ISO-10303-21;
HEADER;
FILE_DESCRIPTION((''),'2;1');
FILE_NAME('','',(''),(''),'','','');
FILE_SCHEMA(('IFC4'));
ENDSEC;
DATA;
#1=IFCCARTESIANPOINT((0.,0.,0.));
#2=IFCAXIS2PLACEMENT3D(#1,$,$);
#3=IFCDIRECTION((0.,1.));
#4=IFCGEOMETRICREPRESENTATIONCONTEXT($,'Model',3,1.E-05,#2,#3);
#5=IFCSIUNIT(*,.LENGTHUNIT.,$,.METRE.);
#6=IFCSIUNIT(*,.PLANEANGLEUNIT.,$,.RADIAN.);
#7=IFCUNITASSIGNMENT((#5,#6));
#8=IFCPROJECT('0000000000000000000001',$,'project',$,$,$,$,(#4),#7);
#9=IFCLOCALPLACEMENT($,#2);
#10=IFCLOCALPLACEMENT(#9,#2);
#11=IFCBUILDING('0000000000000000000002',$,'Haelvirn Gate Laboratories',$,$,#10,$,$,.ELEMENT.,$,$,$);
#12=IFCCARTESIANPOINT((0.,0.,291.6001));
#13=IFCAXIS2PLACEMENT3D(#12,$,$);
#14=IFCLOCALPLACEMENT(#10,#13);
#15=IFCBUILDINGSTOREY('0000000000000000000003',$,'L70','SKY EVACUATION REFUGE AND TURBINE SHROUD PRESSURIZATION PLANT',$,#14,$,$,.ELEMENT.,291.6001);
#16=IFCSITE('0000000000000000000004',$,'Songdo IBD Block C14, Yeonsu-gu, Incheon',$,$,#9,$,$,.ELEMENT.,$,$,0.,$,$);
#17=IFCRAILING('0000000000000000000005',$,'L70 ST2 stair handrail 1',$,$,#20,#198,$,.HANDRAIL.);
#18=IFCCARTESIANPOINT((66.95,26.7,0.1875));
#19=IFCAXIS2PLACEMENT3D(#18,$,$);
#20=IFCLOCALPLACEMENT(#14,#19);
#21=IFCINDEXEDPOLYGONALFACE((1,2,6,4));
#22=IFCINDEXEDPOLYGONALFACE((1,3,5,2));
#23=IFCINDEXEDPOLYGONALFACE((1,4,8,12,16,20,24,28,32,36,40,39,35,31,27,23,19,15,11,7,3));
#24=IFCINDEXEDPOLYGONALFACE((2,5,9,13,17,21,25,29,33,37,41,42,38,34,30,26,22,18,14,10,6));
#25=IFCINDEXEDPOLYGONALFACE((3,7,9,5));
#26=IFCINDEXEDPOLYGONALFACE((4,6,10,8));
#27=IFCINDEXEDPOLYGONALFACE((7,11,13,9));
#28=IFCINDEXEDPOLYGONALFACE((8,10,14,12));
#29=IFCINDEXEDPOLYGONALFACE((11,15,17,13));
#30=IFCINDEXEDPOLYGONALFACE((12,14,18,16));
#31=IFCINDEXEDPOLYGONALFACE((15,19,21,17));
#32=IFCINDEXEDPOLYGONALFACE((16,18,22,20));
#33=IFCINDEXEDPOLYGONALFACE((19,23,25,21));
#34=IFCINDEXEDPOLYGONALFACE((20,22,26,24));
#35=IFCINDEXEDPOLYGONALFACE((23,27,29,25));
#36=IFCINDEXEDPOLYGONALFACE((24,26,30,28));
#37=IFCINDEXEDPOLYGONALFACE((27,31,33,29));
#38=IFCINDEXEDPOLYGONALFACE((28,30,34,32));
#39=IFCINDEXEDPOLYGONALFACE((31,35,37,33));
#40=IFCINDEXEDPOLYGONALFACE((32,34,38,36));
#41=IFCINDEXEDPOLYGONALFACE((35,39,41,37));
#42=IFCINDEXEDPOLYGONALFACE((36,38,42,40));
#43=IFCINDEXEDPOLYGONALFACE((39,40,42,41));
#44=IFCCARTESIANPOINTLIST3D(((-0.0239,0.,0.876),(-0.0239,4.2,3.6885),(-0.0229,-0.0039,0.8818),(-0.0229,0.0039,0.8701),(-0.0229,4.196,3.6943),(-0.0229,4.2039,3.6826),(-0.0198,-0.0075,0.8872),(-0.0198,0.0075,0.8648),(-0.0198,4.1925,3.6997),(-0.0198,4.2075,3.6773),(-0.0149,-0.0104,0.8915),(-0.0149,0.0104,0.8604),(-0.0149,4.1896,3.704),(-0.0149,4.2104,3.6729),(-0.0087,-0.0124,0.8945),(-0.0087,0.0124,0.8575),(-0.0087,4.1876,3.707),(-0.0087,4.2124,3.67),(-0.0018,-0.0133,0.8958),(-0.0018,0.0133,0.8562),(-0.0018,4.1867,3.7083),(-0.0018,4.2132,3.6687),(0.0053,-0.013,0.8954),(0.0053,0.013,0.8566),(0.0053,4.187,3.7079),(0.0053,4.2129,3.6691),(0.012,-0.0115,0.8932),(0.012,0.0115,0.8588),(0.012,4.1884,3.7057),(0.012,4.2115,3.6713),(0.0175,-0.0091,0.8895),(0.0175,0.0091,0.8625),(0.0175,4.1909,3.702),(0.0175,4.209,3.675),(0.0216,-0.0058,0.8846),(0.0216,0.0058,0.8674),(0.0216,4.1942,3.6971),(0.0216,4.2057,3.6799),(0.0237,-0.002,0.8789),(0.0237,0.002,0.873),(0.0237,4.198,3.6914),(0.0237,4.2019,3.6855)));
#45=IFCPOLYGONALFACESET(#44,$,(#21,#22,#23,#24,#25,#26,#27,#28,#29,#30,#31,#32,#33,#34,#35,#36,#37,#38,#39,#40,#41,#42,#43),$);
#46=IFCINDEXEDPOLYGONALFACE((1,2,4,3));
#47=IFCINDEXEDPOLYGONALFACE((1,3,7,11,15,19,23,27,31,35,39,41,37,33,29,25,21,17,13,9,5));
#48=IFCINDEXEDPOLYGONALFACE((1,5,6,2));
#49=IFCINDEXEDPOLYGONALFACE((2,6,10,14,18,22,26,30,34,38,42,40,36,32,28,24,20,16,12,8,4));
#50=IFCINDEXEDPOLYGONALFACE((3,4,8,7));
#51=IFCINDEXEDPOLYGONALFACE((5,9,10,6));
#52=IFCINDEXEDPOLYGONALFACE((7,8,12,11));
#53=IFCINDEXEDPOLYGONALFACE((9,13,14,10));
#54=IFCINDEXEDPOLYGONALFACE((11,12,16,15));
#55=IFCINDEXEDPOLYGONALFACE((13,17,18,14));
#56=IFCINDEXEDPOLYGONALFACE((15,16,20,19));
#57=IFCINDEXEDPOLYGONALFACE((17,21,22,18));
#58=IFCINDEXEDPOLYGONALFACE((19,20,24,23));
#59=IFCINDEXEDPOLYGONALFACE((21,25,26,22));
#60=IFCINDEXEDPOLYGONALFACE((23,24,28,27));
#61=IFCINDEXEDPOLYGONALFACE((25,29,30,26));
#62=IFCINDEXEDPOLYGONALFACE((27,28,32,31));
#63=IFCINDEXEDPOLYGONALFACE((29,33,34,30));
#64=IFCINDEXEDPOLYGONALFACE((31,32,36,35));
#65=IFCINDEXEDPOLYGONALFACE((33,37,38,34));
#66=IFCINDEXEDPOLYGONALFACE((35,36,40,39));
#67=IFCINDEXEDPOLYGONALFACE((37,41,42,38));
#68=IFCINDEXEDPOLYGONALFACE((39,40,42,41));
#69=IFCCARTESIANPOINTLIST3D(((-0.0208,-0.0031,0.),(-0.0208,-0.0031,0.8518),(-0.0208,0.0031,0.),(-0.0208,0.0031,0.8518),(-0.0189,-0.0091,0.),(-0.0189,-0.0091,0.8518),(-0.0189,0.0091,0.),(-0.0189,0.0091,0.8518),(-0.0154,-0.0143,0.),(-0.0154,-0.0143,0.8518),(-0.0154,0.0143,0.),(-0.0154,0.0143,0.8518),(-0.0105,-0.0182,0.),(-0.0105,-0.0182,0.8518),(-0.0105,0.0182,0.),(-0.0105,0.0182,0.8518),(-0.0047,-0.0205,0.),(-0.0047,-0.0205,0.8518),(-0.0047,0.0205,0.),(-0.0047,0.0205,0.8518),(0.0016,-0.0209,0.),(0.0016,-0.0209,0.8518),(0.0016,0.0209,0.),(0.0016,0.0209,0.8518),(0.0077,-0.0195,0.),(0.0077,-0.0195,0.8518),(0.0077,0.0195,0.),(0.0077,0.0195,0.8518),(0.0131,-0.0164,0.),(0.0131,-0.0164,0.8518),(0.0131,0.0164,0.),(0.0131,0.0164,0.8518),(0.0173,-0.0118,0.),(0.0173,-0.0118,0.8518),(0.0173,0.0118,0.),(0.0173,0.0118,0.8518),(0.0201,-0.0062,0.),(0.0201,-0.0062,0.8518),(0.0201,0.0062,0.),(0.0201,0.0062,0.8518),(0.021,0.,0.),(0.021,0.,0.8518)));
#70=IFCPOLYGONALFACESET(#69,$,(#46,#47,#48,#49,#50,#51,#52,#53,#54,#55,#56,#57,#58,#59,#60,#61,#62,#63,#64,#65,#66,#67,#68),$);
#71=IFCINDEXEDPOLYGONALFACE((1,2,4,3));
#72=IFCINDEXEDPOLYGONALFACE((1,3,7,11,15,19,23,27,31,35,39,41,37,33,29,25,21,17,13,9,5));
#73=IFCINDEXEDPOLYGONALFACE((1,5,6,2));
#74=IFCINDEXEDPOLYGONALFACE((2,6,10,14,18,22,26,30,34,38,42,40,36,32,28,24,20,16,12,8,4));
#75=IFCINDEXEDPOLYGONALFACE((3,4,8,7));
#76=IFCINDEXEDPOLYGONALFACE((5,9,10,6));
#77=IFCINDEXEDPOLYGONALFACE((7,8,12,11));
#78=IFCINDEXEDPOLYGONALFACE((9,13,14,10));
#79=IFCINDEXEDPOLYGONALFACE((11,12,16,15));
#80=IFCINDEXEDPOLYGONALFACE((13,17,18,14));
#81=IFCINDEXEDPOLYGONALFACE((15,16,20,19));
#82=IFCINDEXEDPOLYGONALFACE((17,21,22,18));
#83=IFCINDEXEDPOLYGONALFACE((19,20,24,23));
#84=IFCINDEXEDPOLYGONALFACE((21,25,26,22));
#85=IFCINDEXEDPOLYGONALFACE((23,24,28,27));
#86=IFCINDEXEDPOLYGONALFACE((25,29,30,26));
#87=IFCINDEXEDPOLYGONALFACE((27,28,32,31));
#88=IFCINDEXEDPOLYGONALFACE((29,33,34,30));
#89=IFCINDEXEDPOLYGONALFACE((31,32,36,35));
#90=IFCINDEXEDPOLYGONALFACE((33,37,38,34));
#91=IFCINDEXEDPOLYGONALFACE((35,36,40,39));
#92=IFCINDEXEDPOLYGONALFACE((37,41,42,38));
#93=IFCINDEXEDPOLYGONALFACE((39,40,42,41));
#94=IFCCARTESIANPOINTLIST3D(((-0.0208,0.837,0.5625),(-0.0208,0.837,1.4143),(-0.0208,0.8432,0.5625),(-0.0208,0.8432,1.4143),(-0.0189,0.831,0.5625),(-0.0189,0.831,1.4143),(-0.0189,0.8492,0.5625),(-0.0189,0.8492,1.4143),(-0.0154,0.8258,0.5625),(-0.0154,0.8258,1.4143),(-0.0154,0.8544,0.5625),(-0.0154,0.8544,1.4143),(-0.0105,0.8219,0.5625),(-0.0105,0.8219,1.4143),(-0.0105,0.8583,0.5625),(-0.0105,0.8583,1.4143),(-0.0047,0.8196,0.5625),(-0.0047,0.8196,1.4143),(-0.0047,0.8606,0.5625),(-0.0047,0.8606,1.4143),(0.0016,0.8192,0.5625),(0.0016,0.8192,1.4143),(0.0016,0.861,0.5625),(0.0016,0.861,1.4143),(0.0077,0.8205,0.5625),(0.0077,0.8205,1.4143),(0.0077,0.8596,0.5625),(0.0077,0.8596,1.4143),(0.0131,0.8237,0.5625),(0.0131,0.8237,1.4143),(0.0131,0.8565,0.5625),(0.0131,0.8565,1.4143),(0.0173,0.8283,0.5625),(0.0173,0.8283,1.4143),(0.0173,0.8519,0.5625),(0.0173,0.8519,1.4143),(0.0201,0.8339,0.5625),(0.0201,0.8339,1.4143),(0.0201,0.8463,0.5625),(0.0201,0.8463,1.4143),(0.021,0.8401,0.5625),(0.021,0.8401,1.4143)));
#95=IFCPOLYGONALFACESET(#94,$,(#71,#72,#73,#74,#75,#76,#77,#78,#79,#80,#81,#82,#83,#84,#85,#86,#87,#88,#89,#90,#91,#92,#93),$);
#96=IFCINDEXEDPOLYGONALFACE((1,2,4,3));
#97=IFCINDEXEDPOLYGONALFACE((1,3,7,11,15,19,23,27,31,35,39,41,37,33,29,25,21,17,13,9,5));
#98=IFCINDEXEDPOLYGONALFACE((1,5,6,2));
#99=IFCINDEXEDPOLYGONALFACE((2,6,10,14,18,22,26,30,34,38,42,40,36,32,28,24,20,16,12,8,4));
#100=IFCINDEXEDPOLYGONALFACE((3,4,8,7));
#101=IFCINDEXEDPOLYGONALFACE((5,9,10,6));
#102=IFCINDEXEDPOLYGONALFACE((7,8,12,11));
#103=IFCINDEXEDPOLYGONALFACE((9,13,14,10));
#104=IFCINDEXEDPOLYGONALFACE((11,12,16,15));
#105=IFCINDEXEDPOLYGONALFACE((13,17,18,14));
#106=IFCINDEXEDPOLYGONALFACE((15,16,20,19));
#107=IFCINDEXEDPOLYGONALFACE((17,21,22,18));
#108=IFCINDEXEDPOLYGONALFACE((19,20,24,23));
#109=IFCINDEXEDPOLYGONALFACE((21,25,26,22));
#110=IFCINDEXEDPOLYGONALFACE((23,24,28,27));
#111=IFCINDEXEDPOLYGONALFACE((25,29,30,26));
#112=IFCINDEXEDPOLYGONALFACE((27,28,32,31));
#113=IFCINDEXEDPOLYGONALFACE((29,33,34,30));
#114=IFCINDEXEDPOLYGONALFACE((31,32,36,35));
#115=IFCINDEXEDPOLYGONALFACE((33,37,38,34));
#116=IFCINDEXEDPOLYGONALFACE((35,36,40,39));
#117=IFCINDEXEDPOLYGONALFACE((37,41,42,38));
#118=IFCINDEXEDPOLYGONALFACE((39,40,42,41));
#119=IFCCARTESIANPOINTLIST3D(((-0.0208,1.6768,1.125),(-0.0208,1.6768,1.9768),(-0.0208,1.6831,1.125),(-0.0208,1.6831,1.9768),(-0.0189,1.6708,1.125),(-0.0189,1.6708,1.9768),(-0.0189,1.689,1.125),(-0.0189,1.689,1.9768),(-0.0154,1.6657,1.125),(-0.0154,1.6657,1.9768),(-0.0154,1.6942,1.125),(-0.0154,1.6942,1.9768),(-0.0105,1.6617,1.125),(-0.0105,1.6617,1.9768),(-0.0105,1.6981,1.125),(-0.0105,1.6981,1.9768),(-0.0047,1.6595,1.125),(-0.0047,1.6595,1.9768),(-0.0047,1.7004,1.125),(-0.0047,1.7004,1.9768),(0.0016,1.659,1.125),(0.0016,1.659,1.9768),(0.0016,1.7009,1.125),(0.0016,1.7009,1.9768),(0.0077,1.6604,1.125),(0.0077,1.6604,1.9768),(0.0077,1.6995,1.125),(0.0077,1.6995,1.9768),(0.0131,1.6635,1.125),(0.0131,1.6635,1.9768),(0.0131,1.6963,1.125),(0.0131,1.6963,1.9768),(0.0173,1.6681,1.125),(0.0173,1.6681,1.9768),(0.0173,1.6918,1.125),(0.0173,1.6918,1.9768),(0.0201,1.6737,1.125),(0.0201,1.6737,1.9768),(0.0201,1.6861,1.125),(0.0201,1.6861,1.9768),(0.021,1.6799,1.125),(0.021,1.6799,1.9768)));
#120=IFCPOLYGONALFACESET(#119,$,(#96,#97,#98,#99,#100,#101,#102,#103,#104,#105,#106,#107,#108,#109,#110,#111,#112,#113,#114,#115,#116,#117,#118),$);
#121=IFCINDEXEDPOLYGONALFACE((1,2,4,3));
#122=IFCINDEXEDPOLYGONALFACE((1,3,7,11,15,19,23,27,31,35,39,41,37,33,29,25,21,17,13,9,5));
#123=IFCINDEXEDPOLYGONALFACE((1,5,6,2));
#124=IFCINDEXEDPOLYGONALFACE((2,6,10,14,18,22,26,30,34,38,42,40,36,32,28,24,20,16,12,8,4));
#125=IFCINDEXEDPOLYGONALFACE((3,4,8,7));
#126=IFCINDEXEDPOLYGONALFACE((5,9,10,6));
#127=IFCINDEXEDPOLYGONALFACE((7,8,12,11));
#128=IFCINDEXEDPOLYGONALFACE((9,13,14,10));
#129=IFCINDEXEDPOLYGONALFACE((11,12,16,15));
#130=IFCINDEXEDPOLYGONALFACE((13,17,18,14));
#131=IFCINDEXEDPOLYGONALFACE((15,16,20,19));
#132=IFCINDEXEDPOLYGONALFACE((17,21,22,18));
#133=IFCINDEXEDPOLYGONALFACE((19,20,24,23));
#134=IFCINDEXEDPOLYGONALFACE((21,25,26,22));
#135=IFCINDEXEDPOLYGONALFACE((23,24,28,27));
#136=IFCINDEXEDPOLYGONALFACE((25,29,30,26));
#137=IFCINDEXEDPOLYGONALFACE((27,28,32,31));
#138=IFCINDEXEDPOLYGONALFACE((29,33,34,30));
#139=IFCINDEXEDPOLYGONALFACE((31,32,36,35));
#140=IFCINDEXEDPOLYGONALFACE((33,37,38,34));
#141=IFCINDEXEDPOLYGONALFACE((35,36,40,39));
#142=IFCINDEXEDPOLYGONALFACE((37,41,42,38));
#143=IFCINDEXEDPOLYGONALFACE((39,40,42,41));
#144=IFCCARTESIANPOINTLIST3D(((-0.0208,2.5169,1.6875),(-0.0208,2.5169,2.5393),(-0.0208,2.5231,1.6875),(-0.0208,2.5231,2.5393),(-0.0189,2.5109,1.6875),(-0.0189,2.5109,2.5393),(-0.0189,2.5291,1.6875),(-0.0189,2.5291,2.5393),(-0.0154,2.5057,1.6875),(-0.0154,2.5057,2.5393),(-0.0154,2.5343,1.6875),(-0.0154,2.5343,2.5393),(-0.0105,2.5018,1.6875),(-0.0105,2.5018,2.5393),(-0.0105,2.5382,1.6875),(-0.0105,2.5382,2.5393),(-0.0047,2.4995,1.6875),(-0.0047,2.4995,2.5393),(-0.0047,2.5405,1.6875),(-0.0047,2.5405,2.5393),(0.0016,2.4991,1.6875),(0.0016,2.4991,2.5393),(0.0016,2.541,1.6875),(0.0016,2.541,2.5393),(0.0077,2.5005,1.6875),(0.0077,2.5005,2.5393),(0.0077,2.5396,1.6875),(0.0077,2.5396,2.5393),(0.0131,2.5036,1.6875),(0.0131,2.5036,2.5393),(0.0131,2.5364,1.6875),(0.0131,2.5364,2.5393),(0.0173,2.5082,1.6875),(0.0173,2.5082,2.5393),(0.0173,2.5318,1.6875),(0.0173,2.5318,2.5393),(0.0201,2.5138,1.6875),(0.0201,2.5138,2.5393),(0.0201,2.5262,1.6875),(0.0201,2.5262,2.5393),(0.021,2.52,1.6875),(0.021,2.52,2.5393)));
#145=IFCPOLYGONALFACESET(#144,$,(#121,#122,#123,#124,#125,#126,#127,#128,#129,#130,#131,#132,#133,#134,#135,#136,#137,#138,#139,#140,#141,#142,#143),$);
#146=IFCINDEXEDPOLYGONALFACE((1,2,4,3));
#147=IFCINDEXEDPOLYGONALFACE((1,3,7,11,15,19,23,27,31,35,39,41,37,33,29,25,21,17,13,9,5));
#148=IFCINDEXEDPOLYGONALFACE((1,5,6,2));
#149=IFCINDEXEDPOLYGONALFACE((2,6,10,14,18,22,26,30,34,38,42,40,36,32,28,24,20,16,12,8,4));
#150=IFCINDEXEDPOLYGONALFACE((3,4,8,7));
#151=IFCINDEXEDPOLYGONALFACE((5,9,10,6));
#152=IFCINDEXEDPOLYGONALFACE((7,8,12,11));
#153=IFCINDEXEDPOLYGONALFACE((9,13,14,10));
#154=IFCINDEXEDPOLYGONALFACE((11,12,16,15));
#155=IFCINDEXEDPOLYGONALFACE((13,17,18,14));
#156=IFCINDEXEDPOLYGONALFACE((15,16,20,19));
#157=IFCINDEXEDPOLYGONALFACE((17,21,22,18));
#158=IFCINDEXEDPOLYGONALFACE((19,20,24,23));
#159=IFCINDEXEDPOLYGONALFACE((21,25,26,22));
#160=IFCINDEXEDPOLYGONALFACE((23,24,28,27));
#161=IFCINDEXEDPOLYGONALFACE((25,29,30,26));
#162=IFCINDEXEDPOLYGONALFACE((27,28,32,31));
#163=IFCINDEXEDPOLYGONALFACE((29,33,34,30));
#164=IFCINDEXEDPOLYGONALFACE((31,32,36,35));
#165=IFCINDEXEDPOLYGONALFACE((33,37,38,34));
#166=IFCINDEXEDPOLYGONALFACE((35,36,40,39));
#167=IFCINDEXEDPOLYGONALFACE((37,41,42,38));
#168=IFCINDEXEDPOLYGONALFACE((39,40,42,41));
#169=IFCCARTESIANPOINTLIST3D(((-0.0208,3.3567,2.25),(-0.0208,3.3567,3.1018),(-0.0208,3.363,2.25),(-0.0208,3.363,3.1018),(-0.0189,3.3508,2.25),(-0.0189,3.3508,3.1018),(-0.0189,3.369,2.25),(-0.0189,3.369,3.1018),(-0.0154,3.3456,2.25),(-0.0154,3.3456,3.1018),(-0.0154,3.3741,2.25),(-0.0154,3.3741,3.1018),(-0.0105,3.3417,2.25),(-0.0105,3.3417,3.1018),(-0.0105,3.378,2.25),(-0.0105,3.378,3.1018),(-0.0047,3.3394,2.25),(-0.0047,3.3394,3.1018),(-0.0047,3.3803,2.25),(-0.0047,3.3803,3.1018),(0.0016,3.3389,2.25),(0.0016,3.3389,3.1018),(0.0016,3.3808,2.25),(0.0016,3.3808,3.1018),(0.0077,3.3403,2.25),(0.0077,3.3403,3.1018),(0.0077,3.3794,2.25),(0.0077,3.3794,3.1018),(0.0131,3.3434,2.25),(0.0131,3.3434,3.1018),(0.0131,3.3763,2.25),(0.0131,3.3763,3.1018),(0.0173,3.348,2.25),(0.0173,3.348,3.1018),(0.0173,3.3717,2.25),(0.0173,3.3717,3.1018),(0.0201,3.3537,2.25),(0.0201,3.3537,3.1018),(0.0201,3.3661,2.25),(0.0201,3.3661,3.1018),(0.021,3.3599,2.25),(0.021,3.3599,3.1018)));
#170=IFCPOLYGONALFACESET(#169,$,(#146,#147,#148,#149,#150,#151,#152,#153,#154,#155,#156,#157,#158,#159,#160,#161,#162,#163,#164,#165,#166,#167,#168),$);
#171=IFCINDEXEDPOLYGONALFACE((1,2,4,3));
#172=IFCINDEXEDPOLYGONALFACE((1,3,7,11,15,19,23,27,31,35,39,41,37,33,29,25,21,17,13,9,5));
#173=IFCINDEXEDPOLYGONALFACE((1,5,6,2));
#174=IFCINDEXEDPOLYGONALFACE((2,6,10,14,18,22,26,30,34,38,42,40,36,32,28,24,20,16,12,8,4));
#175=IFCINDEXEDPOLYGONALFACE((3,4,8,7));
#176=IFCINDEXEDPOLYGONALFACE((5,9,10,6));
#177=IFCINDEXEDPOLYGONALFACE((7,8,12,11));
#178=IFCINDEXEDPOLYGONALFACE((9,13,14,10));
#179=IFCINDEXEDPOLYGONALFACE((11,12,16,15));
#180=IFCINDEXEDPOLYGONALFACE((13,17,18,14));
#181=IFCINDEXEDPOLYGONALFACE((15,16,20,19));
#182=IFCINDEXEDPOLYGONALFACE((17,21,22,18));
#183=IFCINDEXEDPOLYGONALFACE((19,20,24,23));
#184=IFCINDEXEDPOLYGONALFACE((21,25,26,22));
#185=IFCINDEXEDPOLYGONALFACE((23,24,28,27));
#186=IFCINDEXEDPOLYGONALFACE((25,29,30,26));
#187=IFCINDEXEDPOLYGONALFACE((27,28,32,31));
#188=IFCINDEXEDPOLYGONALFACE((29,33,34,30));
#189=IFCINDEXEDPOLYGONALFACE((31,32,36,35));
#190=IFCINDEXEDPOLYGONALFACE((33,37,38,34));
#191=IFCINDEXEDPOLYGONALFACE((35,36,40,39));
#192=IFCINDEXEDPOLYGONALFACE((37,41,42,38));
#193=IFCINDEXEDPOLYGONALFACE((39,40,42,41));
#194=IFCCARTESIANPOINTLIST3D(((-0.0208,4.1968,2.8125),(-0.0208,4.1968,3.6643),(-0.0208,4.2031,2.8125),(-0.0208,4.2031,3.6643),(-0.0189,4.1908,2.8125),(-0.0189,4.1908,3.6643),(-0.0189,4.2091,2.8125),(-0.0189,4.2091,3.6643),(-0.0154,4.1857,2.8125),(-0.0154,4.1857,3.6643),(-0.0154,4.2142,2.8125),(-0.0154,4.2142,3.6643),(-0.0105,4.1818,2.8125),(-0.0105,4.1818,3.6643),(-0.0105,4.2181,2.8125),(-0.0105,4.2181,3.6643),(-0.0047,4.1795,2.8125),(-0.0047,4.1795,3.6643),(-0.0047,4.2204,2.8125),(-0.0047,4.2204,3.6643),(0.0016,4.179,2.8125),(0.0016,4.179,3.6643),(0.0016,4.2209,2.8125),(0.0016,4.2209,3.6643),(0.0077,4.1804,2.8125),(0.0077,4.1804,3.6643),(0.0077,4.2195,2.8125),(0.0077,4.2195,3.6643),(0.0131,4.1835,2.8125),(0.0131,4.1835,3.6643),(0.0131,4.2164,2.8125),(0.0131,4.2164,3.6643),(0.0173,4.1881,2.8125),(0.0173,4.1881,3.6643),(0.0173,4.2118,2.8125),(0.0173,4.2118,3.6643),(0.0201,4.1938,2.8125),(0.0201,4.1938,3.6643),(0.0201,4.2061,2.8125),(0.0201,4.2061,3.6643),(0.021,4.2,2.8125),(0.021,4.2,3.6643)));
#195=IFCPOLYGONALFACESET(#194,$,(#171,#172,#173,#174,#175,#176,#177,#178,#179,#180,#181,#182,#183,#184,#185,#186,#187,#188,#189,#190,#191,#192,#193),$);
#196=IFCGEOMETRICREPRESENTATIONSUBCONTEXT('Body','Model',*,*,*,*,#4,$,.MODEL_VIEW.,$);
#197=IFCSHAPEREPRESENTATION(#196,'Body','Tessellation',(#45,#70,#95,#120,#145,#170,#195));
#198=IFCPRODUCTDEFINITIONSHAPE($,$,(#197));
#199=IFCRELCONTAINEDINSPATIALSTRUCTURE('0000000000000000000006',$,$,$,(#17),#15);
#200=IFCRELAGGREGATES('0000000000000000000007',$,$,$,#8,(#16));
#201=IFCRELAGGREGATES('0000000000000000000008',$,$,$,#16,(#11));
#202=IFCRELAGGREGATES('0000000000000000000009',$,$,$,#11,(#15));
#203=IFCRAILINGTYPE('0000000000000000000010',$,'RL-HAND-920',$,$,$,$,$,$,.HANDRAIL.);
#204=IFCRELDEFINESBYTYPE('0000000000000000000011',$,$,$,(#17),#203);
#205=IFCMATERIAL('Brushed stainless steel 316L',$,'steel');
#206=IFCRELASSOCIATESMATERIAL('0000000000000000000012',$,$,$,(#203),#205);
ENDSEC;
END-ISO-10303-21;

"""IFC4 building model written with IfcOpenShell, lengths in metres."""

from ifc_helpers import new_model, si_unit, direction, frame, origin, origin_2d, place, context, subcontext, project, spatial, circle, extrude, source, transform, mapped, material, type_object, element, save


model = new_model("IFC4")

# Units and contexts
model_context = context("Model", 3, precision=1e-05, world=origin(), true_north=direction((0.0, 1.0)))
body_context = subcontext(model_context, "Body", "Model", "MODEL_VIEW")
ifc_project = project(units=[si_unit("LENGTHUNIT", "METRE"), si_unit("PLANEANGLEUNIT", "RADIAN")], contexts=[model_context])

# Site, building, storey
site_placement = place(None, origin())
site = spatial("IfcSite", under=ifc_project, at=site_placement, Name="Songdo IBD Block C14, Yeonsu-gu, Incheon", CompositionType="ELEMENT", RefElevation=0.0)
building_placement = place(site_placement, origin())
building = spatial("IfcBuilding", under=site, at=building_placement, Name="Haelvirn Gate Laboratories", CompositionType="ELEMENT")
storey_placement = place(building_placement, frame((0.0, 0.0, 291.6001)))
storey = spatial("IfcBuildingStorey", under=building, at=storey_placement, Name="L70", Description="SKY EVACUATION REFUGE AND TURBINE SHROUD PRESSURIZATION PLANT", CompositionType="ELEMENT", Elevation=291.6001)

# Railing
ifc_material_1 = material(Name="Brushed stainless steel 316L", Category="steel")
railing_type_1 = type_object("IfcRailingType", Name="RL-HAND-920", PredefinedType="HANDRAIL", material=ifc_material_1)
shared_shape_1 = source(origin(), body_context, "Body", "SweptSolid", [
    extrude(circle(Radius=0.0239, at=origin_2d()), frame((0.0, 0.0, 0.876), z_axis=(0.0, 0.830904, 0.556416), x_axis=(-1.0, 0.0, 0.0)), (0.0, 0.0, 1.0), 5.0547),
    extrude(circle(Radius=0.021, at=origin_2d()), origin(), (0.0, 0.0, 1.0), 0.8518),
    extrude(circle(Radius=0.021, at=origin_2d()), frame((0.0, 0.8401, 0.5625)), (0.0, 0.0, 1.0), 0.8518),
    extrude(circle(Radius=0.021, at=origin_2d()), frame((0.0, 1.6799, 1.125)), (0.0, 0.0, 1.0), 0.8518),
    extrude(circle(Radius=0.021, at=origin_2d()), frame((0.0, 2.52, 1.6875)), (0.0, 0.0, 1.0), 0.8518),
    extrude(circle(Radius=0.021, at=origin_2d()), frame((0.0, 3.3599, 2.25)), (0.0, 0.0, 1.0), 0.8518),
    extrude(circle(Radius=0.021, at=origin_2d()), frame((0.0, 4.2, 2.8125)), (0.0, 0.0, 1.0), 0.8518),
])
railing_1_placement = place(storey_placement, frame((66.95, 26.7, 0.1875)))
element("IfcRailing", 1, at=railing_1_placement, inside=storey, type_object=railing_type_1, Name="L70 ST2 stair handrail 1", PredefinedType="HANDRAIL", context=body_context, shape_type="MappedRepresentation", body=[
    mapped(shared_shape_1, transform((0.0, 0.0, 0.0), scale=1.0)),
])

save(model, "model.ifc")
